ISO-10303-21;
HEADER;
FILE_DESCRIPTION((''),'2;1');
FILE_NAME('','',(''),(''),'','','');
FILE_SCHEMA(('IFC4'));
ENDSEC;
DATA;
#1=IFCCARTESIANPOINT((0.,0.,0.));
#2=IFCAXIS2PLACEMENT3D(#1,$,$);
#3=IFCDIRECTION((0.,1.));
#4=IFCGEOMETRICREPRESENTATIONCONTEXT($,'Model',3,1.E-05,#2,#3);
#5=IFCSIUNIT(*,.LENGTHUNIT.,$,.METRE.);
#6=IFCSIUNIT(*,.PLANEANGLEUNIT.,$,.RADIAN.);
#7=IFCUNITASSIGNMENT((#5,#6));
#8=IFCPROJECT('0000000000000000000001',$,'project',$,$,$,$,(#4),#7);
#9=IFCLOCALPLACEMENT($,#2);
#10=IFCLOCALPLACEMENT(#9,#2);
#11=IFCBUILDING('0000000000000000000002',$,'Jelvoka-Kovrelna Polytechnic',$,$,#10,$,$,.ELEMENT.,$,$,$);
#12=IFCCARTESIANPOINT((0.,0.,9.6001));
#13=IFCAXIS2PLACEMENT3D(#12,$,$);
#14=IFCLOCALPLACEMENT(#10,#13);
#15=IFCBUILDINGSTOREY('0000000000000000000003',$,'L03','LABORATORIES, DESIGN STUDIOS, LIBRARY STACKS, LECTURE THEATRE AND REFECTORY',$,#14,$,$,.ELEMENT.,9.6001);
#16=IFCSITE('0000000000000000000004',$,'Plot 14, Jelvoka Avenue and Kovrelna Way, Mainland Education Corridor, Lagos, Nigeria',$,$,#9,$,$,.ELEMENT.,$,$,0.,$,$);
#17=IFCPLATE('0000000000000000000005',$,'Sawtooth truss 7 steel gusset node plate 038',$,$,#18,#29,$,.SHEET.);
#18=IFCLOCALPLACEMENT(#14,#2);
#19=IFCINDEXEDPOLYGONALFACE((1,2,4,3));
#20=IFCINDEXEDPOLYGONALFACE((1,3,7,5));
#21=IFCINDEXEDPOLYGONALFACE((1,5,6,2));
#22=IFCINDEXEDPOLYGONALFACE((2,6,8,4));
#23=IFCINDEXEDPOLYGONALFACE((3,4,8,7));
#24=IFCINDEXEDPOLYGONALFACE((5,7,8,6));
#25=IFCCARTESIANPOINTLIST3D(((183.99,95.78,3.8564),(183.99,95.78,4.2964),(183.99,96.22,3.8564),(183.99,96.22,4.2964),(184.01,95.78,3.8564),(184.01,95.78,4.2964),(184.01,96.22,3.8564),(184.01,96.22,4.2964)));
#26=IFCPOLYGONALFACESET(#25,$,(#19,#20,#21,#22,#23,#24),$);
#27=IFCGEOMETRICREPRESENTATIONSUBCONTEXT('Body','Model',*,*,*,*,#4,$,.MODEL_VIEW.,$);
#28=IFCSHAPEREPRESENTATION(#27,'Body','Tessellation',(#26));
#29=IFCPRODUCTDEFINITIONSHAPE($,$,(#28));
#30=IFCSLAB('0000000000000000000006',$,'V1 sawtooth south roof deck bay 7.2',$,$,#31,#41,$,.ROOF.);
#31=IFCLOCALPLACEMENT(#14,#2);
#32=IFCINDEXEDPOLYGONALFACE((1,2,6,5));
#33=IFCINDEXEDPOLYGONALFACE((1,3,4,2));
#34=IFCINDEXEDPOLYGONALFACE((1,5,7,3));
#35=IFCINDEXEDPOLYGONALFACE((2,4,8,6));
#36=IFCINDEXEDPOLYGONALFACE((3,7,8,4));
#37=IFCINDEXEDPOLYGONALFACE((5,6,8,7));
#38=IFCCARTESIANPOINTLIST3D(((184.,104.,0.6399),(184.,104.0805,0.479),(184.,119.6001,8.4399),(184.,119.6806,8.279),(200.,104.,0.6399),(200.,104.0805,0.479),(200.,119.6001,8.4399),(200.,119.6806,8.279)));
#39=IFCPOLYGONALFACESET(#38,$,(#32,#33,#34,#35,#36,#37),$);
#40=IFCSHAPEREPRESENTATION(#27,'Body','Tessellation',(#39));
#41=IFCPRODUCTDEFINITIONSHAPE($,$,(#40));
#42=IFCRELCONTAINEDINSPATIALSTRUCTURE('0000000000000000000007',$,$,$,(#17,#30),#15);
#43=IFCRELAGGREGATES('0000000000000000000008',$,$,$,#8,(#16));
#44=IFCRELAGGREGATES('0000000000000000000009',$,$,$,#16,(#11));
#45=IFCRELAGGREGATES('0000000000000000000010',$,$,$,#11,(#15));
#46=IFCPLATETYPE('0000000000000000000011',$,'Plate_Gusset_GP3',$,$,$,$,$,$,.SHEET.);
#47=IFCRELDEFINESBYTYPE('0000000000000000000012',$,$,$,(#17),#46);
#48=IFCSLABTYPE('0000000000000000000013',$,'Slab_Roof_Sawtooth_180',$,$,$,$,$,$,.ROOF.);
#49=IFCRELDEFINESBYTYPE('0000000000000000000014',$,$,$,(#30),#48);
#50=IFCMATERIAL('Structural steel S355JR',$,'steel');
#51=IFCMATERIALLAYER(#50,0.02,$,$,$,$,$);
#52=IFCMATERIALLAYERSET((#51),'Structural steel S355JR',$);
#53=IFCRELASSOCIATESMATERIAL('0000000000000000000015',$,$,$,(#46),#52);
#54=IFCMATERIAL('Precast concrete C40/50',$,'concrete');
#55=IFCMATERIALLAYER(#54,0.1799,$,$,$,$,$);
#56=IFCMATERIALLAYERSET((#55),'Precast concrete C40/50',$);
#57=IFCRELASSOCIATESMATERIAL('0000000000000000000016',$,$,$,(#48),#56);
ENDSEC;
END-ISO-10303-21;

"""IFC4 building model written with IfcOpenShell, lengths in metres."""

from ifc_helpers import new_model, si_unit, direction, frame, origin, origin_2d, place, context, subcontext, project, spatial, polyline, rectangle, outline, extrude, material, layer, layer_set, type_object, element, save


model = new_model("IFC4")

# Units and contexts
model_context = context("Model", 3, precision=1e-05, world=origin(), true_north=direction((0.0, 1.0)))
body_context = subcontext(model_context, "Body", "Model", "MODEL_VIEW")
ifc_project = project(units=[si_unit("LENGTHUNIT", "METRE"), si_unit("PLANEANGLEUNIT", "RADIAN")], contexts=[model_context])

# Site, building, storey
site_placement = place(None, origin())
site = spatial("IfcSite", under=ifc_project, at=site_placement, Name="Plot 14, Jelvoka Avenue and Kovrelna Way, Mainland Education Corridor, Lagos, Nigeria", CompositionType="ELEMENT", RefElevation=0.0)
building_placement = place(site_placement, origin())
building = spatial("IfcBuilding", under=site, at=building_placement, Name="Jelvoka-Kovrelna Polytechnic", CompositionType="ELEMENT")
storey_placement = place(building_placement, frame((0.0, 0.0, 9.6001)))
storey = spatial("IfcBuildingStorey", under=building, at=storey_placement, Name="L03", Description="LABORATORIES, DESIGN STUDIOS, LIBRARY STACKS, LECTURE THEATRE AND REFECTORY", CompositionType="ELEMENT", Elevation=9.6001)

# Plate
ifc_material_1 = material(Name="Structural steel S355JR", Category="steel")
ifc_layer_1 = layer(ifc_material_1, 0.02)
ifc_layer_set_1 = layer_set([ifc_layer_1], Name="Structural steel S355JR")
plate_type_1 = type_object("IfcPlateType", Name="Plate_Gusset_GP3", PredefinedType="SHEET", material=ifc_layer_set_1)
plate_1_placement = place(storey_placement, frame((184.0, 96.0, 3.8564), z_axis=(0.0, 0.0, 1.0), x_axis=(0.0, 1.0, 0.0)))
element("IfcPlate", 1, at=plate_1_placement, inside=storey, type_object=plate_type_1, Name="Sawtooth truss 7 steel gusset node plate 038", PredefinedType="SHEET", context=body_context, shape_type="SweptSolid", body=[
    extrude(rectangle(XDim=0.4399, YDim=0.02, at=origin_2d()), origin(), (0.0, 0.0, 1.0), 0.4399),
])

# Slab
ifc_material_2 = material(Name="Precast concrete C40/50", Category="concrete")
ifc_layer_2 = layer(ifc_material_2, 0.1799)
ifc_layer_set_2 = layer_set([ifc_layer_2], Name="Precast concrete C40/50")
slab_type = type_object("IfcSlabType", Name="Slab_Roof_Sawtooth_180", PredefinedType="ROOF", material=ifc_layer_set_2)
slab_placement = place(storey_placement, frame((184.0, 104.0, 0.6399), z_axis=(0.0, -0.447214, 0.894427), x_axis=(1.0, 0.0, 0.0)))
element("IfcSlab", 2, at=slab_placement, inside=storey, type_object=slab_type, Name="V1 sawtooth south roof deck bay 7.2", PredefinedType="ROOF", context=body_context, shape_type="SweptSolid", body=[
    extrude(outline(polyline([(0.0, 0.0), (16.0, 0.0), (16.0, 17.4414), (0.0, 17.4414), (0.0, 0.0)])), origin(), (0.0, 0.0, -1.0), 0.1799),
])

save(model, "model.ifc")
